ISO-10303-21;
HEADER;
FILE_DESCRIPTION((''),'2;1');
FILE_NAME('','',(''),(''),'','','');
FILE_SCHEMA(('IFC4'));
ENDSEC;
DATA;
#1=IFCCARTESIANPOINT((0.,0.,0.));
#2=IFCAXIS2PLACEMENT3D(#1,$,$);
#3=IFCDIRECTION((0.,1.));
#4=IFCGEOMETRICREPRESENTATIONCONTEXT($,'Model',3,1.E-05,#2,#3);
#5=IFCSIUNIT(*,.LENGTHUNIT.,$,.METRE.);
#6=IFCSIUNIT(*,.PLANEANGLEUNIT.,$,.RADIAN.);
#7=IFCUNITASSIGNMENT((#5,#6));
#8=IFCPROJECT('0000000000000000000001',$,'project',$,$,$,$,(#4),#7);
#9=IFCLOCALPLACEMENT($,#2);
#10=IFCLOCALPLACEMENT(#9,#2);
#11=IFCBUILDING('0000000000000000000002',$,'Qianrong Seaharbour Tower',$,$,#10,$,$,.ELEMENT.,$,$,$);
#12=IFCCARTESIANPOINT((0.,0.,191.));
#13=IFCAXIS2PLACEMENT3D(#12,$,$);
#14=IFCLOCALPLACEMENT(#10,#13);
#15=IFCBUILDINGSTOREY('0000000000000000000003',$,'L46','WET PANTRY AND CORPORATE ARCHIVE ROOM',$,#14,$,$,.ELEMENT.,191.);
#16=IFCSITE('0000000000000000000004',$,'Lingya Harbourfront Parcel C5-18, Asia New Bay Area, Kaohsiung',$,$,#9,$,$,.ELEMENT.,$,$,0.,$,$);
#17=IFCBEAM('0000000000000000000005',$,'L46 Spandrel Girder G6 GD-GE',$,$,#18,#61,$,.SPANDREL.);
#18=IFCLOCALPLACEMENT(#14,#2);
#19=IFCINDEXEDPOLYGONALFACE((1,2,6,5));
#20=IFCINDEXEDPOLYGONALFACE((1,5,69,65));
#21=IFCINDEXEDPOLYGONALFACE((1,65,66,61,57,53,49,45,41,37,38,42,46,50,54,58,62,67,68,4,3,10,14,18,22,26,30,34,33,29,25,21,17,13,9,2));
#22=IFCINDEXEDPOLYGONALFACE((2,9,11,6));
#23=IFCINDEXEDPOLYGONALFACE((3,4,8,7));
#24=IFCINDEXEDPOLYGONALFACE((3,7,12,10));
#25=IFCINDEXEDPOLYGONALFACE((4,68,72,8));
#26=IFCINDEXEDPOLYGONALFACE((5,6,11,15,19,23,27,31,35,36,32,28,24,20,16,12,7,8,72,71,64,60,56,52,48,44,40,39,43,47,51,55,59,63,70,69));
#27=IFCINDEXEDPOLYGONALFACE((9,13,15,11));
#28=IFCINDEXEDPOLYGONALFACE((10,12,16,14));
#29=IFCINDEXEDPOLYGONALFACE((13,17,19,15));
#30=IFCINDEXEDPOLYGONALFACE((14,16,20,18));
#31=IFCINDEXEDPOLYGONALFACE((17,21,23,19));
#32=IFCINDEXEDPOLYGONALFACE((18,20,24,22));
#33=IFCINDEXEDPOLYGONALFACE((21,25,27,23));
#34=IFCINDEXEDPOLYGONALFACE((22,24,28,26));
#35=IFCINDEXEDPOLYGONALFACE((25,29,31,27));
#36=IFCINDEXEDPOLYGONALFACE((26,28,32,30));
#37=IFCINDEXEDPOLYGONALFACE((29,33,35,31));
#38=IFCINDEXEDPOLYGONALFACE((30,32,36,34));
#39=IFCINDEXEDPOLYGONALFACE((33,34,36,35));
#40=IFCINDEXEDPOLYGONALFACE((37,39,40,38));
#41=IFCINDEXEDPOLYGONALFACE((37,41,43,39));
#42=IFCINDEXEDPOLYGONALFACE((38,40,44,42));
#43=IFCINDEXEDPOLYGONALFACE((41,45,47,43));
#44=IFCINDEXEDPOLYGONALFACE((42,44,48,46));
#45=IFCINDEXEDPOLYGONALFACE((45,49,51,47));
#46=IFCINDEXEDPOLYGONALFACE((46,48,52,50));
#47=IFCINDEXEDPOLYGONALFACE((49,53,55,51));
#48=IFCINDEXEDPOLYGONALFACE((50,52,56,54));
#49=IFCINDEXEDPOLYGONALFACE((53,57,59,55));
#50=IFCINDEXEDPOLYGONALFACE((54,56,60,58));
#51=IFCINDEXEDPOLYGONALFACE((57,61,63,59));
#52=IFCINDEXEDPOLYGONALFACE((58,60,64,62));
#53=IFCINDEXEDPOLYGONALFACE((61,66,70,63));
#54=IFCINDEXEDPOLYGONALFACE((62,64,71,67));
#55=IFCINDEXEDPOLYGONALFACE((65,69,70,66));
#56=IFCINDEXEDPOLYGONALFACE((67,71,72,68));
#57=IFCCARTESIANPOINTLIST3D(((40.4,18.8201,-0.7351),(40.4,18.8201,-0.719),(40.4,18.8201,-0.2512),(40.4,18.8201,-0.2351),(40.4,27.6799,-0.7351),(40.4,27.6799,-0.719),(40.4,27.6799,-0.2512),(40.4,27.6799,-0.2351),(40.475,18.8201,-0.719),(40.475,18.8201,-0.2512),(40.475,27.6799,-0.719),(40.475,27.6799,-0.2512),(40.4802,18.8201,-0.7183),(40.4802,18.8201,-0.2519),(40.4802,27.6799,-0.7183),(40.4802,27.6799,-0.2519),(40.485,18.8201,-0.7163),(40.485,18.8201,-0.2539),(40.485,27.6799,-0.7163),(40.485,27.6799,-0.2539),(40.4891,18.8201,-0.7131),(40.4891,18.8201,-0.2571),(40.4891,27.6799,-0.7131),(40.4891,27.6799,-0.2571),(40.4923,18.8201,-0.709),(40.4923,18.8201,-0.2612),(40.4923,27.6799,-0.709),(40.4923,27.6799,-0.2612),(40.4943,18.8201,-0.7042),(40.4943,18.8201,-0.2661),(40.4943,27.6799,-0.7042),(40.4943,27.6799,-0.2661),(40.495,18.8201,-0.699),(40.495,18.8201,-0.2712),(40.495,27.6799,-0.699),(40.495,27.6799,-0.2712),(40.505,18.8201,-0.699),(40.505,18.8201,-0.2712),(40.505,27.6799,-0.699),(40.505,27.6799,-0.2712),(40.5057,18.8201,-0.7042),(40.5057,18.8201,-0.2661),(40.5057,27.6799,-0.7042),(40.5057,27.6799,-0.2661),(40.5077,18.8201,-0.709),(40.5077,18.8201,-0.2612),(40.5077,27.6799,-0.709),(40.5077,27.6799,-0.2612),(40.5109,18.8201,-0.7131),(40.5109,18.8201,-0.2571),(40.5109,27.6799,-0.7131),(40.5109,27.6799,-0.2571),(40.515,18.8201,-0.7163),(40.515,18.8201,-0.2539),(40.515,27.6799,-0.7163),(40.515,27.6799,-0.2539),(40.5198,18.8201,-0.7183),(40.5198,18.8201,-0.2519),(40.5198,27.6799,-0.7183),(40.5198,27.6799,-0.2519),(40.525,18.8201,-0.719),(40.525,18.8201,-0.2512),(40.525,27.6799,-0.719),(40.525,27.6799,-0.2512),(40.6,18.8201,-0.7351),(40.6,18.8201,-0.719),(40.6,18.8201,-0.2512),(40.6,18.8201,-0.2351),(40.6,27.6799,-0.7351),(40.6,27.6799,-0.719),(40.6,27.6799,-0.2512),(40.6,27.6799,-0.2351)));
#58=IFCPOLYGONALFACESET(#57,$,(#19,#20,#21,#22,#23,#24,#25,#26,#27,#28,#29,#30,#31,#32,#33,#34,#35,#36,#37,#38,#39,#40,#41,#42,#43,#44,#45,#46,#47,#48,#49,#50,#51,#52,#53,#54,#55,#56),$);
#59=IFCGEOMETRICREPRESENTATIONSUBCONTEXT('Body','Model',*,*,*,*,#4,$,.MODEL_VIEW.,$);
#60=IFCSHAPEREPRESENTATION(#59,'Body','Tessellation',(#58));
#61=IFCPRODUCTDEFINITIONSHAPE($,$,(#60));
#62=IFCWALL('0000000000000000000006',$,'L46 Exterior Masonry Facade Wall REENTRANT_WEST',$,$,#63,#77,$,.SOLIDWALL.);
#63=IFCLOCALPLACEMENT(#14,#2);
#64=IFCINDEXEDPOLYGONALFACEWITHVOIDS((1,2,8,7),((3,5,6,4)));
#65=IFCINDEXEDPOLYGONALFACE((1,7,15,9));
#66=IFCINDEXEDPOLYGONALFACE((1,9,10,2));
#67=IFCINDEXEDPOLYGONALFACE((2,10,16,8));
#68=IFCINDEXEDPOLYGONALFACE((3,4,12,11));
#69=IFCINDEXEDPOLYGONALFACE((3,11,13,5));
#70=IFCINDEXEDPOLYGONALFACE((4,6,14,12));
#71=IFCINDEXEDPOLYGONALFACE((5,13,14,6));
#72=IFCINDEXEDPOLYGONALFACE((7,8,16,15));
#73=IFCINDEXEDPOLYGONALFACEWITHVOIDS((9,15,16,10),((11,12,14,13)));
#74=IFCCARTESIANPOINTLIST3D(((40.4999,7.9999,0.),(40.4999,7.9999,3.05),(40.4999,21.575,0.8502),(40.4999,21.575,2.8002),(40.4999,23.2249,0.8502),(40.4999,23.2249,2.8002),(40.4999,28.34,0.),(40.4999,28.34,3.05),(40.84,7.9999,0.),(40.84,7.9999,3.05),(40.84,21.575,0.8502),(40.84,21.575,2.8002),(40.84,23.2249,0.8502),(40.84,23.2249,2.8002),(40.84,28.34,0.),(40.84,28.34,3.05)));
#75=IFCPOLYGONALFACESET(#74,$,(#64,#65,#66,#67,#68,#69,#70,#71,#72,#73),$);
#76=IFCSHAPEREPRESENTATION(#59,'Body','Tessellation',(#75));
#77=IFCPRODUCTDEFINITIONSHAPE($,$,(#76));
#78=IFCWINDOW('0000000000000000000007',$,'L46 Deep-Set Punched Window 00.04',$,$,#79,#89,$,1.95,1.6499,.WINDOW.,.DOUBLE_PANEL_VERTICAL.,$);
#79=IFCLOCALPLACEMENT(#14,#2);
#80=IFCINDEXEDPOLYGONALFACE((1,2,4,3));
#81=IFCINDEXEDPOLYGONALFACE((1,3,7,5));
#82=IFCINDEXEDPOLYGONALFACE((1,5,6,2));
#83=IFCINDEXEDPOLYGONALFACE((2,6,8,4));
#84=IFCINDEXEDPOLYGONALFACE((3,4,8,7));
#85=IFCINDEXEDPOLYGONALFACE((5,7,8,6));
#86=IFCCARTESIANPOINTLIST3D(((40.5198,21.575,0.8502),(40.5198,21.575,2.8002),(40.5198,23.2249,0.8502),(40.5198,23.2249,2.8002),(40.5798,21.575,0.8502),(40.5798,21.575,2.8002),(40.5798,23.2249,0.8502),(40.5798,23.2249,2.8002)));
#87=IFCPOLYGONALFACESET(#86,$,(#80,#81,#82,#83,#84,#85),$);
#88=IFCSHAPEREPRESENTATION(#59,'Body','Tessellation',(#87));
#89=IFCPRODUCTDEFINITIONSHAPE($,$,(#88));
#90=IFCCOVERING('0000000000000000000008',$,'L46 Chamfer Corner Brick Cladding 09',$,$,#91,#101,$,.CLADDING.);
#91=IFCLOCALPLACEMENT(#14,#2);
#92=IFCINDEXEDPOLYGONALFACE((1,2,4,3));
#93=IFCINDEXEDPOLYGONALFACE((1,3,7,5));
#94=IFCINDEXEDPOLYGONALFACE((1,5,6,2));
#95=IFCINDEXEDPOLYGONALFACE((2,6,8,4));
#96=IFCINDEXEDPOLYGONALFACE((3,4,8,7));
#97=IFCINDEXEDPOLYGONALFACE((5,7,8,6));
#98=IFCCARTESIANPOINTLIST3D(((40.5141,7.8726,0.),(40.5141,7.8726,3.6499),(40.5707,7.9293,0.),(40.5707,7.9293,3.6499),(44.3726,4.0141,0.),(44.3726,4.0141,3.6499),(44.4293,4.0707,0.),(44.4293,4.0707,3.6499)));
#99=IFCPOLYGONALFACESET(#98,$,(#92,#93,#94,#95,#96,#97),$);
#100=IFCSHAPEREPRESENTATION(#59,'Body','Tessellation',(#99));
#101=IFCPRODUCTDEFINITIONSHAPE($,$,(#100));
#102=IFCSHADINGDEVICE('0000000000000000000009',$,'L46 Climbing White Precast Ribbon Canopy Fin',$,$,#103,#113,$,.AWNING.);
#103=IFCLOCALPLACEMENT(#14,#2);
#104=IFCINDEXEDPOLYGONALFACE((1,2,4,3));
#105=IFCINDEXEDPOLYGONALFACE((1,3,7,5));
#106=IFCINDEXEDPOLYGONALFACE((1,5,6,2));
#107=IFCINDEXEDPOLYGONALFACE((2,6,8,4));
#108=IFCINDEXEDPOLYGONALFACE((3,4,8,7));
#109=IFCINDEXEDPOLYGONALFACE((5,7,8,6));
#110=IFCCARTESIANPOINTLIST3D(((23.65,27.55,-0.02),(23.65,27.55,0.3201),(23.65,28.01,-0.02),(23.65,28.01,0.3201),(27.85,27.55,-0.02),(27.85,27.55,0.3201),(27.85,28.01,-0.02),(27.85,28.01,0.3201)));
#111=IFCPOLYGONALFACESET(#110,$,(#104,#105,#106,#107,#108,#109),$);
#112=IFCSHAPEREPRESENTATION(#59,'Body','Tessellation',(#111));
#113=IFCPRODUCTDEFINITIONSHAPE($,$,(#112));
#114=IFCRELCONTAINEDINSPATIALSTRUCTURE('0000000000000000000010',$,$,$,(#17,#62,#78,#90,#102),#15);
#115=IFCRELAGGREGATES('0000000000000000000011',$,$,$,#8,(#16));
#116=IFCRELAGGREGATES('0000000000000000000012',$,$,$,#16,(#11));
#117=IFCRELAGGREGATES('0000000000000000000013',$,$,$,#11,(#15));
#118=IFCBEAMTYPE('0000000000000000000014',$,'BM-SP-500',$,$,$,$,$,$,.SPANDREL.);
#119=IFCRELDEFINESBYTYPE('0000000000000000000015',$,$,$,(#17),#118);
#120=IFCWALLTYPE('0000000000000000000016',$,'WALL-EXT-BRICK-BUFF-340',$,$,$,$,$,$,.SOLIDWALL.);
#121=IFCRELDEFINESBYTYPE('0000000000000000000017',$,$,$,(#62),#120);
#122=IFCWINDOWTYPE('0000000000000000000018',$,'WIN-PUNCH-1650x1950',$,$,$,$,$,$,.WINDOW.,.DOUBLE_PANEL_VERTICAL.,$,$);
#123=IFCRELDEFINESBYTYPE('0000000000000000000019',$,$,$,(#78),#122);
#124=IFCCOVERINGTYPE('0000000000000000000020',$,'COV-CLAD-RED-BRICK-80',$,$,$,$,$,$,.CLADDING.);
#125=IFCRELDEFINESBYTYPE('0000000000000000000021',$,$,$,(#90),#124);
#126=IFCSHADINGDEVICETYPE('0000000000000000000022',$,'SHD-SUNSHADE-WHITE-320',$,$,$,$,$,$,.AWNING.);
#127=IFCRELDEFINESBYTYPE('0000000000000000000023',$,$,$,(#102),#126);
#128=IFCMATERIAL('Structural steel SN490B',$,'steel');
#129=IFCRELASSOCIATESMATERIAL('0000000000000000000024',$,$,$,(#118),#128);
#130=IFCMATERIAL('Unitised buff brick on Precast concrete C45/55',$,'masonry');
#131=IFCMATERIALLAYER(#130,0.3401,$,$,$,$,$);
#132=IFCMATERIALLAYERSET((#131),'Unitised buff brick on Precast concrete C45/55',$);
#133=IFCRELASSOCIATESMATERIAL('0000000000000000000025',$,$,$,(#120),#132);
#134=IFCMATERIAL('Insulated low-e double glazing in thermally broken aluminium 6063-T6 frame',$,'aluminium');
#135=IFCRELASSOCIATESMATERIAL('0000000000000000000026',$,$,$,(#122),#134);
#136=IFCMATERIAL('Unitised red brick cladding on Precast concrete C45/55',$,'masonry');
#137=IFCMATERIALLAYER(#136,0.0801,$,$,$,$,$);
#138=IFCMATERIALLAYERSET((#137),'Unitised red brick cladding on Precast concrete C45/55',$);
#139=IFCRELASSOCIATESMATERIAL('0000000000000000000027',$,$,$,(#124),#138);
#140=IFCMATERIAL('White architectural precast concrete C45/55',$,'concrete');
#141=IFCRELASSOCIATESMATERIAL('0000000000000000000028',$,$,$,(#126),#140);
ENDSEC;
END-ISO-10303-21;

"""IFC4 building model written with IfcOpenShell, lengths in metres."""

from ifc_helpers import new_model, si_unit, direction, frame, frame_2d, origin, origin_2d, place, context, subcontext, project, spatial, rectangle, i_section, extrude, material, layer, layer_set, material_profile, profile_set, type_object, element, fill, save


model = new_model("IFC4")

# Units and contexts
model_context = context("Model", 3, precision=1e-05, world=origin(), true_north=direction((0.0, 1.0)))
body_context = subcontext(model_context, "Body", "Model", "MODEL_VIEW")
ifc_project = project(units=[si_unit("LENGTHUNIT", "METRE"), si_unit("PLANEANGLEUNIT", "RADIAN")], contexts=[model_context])

# Site, building, storey
site_placement = place(None, origin())
site = spatial("IfcSite", under=ifc_project, at=site_placement, Name="Lingya Harbourfront Parcel C5-18, Asia New Bay Area, Kaohsiung", CompositionType="ELEMENT", RefElevation=0.0)
building_placement = place(site_placement, origin())
building = spatial("IfcBuilding", under=site, at=building_placement, Name="Qianrong Seaharbour Tower", CompositionType="ELEMENT")
storey_placement = place(building_placement, frame((0.0, 0.0, 191.0)))
storey = spatial("IfcBuildingStorey", under=building, at=storey_placement, Name="L46", Description="WET PANTRY AND CORPORATE ARCHIVE ROOM", CompositionType="ELEMENT", Elevation=191.0)

# Shared definitions
ifc_material_1 = material(Name="Structural steel SN490B", Category="steel")

# Beam
ifc_material_profile_1 = material_profile(ifc_material_1, i_section(OverallWidth=0.2, OverallDepth=0.5, WebThickness=0.01, FlangeThickness=0.0161, FilletRadius=0.02, at=origin_2d()), Name="H500x200x10x16")
ifc_profile_set_1 = profile_set([ifc_material_profile_1], Name="Structural steel SN490B")
beam_type_1 = type_object("IfcBeamType", Name="BM-SP-500", PredefinedType="SPANDREL", material=ifc_profile_set_1)
beam_1_placement = place(storey_placement, frame((40.5, 18.8201, -0.4851), z_axis=(0.0, 1.0, 0.0), x_axis=(-1.0, 0.0, 0.0)))
element("IfcBeam", 1, at=beam_1_placement, inside=storey, type_object=beam_type_1, Name="L46 Spandrel Girder G6 GD-GE", PredefinedType="SPANDREL", context=body_context, shape_type="SweptSolid", body=[
    extrude(i_section(OverallWidth=0.2, OverallDepth=0.5, WebThickness=0.01, FlangeThickness=0.0161, FilletRadius=0.02, at=origin_2d()), origin(), (0.0, 0.0, 1.0), 8.8599),
])

# Wall, opening, window
ifc_material_2 = material(Name="Unitised buff brick on Precast concrete C45/55", Category="masonry")
ifc_layer_1 = layer(ifc_material_2, 0.3401)
ifc_layer_set_1 = layer_set([ifc_layer_1], Name="Unitised buff brick on Precast concrete C45/55")
wall_type = type_object("IfcWallType", Name="WALL-EXT-BRICK-BUFF-340", PredefinedType="SOLIDWALL", material=ifc_layer_set_1)
wall_placement = place(storey_placement, frame((40.6699, 8.0, 0.0), z_axis=(0.0, 0.0, 1.0), x_axis=(0.0, 1.0, 0.0)))
wall = element("IfcWall", 2, at=wall_placement, inside=storey, type_object=wall_type, Name="L46 Exterior Masonry Facade Wall REENTRANT_WEST", PredefinedType="SOLIDWALL", context=body_context, shape_type="SweptSolid", body=[
    extrude(rectangle(XDim=20.3401, YDim=0.3401, at=frame_2d((10.1699, 0.0))), origin(), (0.0, 0.0, 1.0), 3.05),
])
opening_placement = place(wall_placement, frame((13.575, 0.0, 0.8501)))
opening = element("IfcOpeningElement", 3, at=opening_placement, cuts=wall, PredefinedType="OPENING", context=body_context, shape_type="SweptSolid", body=[
    extrude(rectangle(XDim=1.6499, YDim=1.95, at=frame_2d((0.825, 0.9751))), frame((0.0, 0.1802, 0.0), z_axis=(0.0, -1.0, 0.0), x_axis=(1.0, 0.0, 0.0)), (0.0, 0.0, 1.0), 0.3601),
])
ifc_material_3 = material(Name="Insulated low-e double glazing in thermally broken aluminium 6063-T6 frame", Category="aluminium")
window_type = type_object("IfcWindowType", Name="WIN-PUNCH-1650x1950", PartitioningType="DOUBLE_PANEL_VERTICAL", PredefinedType="WINDOW", material=ifc_material_3)
window_placement = place(opening_placement, origin())
window = element("IfcWindow", 4, at=window_placement, inside=storey, type_object=window_type, Name="L46 Deep-Set Punched Window 00.04", OverallHeight=1.95, OverallWidth=1.6499, PartitioningType="DOUBLE_PANEL_VERTICAL", PredefinedType="WINDOW", context=body_context, shape_type="SweptSolid", body=[
    extrude(rectangle(XDim=1.6499, YDim=1.95, at=frame_2d((0.825, 0.9751))), frame((0.0, 0.1501, 0.0), z_axis=(0.0, -1.0, 0.0), x_axis=(1.0, 0.0, 0.0)), (0.0, 0.0, 1.0), 0.0601),
])
fill(opening, window)

# Covering
ifc_material_4 = material(Name="Unitised red brick cladding on Precast concrete C45/55", Category="masonry")
ifc_layer_2 = layer(ifc_material_4, 0.0801)
ifc_layer_set_2 = layer_set([ifc_layer_2], Name="Unitised red brick cladding on Precast concrete C45/55")
covering_type = type_object("IfcCoveringType", Name="COV-CLAD-RED-BRICK-80", PredefinedType="CLADDING", material=ifc_layer_set_2)
covering_placement = place(storey_placement, frame((42.4717, 5.9717, 0.0), z_axis=(0.0, 0.0, 1.0), x_axis=(-0.707107, 0.707107, 0.0)))
element("IfcCovering", 5, at=covering_placement, inside=storey, type_object=covering_type, Name="L46 Chamfer Corner Brick Cladding 09", PredefinedType="CLADDING", context=body_context, shape_type="SweptSolid", body=[
    extrude(rectangle(XDim=5.4568, YDim=0.0801, at=origin_2d()), origin(), (0.0, 0.0, 1.0), 3.6499),
])

# Shading device
ifc_material_5 = material(Name="White architectural precast concrete C45/55", Category="concrete")
shading_device_type = type_object("IfcShadingDeviceType", Name="SHD-SUNSHADE-WHITE-320", PredefinedType="AWNING", material=ifc_material_5)
shading_device_placement = place(storey_placement, frame((25.75, 27.78, -0.02), z_axis=(0.0, 0.0, 1.0), x_axis=(1.0, 0.0, 0.0)))
element("IfcShadingDevice", 6, at=shading_device_placement, inside=storey, type_object=shading_device_type, Name="L46 Climbing White Precast Ribbon Canopy Fin", PredefinedType="AWNING", context=body_context, shape_type="SweptSolid", body=[
    extrude(rectangle(XDim=4.2, YDim=0.46, at=origin_2d()), origin(), (0.0, 0.0, 1.0), 0.3401),
])

save(model, "model.ifc")
